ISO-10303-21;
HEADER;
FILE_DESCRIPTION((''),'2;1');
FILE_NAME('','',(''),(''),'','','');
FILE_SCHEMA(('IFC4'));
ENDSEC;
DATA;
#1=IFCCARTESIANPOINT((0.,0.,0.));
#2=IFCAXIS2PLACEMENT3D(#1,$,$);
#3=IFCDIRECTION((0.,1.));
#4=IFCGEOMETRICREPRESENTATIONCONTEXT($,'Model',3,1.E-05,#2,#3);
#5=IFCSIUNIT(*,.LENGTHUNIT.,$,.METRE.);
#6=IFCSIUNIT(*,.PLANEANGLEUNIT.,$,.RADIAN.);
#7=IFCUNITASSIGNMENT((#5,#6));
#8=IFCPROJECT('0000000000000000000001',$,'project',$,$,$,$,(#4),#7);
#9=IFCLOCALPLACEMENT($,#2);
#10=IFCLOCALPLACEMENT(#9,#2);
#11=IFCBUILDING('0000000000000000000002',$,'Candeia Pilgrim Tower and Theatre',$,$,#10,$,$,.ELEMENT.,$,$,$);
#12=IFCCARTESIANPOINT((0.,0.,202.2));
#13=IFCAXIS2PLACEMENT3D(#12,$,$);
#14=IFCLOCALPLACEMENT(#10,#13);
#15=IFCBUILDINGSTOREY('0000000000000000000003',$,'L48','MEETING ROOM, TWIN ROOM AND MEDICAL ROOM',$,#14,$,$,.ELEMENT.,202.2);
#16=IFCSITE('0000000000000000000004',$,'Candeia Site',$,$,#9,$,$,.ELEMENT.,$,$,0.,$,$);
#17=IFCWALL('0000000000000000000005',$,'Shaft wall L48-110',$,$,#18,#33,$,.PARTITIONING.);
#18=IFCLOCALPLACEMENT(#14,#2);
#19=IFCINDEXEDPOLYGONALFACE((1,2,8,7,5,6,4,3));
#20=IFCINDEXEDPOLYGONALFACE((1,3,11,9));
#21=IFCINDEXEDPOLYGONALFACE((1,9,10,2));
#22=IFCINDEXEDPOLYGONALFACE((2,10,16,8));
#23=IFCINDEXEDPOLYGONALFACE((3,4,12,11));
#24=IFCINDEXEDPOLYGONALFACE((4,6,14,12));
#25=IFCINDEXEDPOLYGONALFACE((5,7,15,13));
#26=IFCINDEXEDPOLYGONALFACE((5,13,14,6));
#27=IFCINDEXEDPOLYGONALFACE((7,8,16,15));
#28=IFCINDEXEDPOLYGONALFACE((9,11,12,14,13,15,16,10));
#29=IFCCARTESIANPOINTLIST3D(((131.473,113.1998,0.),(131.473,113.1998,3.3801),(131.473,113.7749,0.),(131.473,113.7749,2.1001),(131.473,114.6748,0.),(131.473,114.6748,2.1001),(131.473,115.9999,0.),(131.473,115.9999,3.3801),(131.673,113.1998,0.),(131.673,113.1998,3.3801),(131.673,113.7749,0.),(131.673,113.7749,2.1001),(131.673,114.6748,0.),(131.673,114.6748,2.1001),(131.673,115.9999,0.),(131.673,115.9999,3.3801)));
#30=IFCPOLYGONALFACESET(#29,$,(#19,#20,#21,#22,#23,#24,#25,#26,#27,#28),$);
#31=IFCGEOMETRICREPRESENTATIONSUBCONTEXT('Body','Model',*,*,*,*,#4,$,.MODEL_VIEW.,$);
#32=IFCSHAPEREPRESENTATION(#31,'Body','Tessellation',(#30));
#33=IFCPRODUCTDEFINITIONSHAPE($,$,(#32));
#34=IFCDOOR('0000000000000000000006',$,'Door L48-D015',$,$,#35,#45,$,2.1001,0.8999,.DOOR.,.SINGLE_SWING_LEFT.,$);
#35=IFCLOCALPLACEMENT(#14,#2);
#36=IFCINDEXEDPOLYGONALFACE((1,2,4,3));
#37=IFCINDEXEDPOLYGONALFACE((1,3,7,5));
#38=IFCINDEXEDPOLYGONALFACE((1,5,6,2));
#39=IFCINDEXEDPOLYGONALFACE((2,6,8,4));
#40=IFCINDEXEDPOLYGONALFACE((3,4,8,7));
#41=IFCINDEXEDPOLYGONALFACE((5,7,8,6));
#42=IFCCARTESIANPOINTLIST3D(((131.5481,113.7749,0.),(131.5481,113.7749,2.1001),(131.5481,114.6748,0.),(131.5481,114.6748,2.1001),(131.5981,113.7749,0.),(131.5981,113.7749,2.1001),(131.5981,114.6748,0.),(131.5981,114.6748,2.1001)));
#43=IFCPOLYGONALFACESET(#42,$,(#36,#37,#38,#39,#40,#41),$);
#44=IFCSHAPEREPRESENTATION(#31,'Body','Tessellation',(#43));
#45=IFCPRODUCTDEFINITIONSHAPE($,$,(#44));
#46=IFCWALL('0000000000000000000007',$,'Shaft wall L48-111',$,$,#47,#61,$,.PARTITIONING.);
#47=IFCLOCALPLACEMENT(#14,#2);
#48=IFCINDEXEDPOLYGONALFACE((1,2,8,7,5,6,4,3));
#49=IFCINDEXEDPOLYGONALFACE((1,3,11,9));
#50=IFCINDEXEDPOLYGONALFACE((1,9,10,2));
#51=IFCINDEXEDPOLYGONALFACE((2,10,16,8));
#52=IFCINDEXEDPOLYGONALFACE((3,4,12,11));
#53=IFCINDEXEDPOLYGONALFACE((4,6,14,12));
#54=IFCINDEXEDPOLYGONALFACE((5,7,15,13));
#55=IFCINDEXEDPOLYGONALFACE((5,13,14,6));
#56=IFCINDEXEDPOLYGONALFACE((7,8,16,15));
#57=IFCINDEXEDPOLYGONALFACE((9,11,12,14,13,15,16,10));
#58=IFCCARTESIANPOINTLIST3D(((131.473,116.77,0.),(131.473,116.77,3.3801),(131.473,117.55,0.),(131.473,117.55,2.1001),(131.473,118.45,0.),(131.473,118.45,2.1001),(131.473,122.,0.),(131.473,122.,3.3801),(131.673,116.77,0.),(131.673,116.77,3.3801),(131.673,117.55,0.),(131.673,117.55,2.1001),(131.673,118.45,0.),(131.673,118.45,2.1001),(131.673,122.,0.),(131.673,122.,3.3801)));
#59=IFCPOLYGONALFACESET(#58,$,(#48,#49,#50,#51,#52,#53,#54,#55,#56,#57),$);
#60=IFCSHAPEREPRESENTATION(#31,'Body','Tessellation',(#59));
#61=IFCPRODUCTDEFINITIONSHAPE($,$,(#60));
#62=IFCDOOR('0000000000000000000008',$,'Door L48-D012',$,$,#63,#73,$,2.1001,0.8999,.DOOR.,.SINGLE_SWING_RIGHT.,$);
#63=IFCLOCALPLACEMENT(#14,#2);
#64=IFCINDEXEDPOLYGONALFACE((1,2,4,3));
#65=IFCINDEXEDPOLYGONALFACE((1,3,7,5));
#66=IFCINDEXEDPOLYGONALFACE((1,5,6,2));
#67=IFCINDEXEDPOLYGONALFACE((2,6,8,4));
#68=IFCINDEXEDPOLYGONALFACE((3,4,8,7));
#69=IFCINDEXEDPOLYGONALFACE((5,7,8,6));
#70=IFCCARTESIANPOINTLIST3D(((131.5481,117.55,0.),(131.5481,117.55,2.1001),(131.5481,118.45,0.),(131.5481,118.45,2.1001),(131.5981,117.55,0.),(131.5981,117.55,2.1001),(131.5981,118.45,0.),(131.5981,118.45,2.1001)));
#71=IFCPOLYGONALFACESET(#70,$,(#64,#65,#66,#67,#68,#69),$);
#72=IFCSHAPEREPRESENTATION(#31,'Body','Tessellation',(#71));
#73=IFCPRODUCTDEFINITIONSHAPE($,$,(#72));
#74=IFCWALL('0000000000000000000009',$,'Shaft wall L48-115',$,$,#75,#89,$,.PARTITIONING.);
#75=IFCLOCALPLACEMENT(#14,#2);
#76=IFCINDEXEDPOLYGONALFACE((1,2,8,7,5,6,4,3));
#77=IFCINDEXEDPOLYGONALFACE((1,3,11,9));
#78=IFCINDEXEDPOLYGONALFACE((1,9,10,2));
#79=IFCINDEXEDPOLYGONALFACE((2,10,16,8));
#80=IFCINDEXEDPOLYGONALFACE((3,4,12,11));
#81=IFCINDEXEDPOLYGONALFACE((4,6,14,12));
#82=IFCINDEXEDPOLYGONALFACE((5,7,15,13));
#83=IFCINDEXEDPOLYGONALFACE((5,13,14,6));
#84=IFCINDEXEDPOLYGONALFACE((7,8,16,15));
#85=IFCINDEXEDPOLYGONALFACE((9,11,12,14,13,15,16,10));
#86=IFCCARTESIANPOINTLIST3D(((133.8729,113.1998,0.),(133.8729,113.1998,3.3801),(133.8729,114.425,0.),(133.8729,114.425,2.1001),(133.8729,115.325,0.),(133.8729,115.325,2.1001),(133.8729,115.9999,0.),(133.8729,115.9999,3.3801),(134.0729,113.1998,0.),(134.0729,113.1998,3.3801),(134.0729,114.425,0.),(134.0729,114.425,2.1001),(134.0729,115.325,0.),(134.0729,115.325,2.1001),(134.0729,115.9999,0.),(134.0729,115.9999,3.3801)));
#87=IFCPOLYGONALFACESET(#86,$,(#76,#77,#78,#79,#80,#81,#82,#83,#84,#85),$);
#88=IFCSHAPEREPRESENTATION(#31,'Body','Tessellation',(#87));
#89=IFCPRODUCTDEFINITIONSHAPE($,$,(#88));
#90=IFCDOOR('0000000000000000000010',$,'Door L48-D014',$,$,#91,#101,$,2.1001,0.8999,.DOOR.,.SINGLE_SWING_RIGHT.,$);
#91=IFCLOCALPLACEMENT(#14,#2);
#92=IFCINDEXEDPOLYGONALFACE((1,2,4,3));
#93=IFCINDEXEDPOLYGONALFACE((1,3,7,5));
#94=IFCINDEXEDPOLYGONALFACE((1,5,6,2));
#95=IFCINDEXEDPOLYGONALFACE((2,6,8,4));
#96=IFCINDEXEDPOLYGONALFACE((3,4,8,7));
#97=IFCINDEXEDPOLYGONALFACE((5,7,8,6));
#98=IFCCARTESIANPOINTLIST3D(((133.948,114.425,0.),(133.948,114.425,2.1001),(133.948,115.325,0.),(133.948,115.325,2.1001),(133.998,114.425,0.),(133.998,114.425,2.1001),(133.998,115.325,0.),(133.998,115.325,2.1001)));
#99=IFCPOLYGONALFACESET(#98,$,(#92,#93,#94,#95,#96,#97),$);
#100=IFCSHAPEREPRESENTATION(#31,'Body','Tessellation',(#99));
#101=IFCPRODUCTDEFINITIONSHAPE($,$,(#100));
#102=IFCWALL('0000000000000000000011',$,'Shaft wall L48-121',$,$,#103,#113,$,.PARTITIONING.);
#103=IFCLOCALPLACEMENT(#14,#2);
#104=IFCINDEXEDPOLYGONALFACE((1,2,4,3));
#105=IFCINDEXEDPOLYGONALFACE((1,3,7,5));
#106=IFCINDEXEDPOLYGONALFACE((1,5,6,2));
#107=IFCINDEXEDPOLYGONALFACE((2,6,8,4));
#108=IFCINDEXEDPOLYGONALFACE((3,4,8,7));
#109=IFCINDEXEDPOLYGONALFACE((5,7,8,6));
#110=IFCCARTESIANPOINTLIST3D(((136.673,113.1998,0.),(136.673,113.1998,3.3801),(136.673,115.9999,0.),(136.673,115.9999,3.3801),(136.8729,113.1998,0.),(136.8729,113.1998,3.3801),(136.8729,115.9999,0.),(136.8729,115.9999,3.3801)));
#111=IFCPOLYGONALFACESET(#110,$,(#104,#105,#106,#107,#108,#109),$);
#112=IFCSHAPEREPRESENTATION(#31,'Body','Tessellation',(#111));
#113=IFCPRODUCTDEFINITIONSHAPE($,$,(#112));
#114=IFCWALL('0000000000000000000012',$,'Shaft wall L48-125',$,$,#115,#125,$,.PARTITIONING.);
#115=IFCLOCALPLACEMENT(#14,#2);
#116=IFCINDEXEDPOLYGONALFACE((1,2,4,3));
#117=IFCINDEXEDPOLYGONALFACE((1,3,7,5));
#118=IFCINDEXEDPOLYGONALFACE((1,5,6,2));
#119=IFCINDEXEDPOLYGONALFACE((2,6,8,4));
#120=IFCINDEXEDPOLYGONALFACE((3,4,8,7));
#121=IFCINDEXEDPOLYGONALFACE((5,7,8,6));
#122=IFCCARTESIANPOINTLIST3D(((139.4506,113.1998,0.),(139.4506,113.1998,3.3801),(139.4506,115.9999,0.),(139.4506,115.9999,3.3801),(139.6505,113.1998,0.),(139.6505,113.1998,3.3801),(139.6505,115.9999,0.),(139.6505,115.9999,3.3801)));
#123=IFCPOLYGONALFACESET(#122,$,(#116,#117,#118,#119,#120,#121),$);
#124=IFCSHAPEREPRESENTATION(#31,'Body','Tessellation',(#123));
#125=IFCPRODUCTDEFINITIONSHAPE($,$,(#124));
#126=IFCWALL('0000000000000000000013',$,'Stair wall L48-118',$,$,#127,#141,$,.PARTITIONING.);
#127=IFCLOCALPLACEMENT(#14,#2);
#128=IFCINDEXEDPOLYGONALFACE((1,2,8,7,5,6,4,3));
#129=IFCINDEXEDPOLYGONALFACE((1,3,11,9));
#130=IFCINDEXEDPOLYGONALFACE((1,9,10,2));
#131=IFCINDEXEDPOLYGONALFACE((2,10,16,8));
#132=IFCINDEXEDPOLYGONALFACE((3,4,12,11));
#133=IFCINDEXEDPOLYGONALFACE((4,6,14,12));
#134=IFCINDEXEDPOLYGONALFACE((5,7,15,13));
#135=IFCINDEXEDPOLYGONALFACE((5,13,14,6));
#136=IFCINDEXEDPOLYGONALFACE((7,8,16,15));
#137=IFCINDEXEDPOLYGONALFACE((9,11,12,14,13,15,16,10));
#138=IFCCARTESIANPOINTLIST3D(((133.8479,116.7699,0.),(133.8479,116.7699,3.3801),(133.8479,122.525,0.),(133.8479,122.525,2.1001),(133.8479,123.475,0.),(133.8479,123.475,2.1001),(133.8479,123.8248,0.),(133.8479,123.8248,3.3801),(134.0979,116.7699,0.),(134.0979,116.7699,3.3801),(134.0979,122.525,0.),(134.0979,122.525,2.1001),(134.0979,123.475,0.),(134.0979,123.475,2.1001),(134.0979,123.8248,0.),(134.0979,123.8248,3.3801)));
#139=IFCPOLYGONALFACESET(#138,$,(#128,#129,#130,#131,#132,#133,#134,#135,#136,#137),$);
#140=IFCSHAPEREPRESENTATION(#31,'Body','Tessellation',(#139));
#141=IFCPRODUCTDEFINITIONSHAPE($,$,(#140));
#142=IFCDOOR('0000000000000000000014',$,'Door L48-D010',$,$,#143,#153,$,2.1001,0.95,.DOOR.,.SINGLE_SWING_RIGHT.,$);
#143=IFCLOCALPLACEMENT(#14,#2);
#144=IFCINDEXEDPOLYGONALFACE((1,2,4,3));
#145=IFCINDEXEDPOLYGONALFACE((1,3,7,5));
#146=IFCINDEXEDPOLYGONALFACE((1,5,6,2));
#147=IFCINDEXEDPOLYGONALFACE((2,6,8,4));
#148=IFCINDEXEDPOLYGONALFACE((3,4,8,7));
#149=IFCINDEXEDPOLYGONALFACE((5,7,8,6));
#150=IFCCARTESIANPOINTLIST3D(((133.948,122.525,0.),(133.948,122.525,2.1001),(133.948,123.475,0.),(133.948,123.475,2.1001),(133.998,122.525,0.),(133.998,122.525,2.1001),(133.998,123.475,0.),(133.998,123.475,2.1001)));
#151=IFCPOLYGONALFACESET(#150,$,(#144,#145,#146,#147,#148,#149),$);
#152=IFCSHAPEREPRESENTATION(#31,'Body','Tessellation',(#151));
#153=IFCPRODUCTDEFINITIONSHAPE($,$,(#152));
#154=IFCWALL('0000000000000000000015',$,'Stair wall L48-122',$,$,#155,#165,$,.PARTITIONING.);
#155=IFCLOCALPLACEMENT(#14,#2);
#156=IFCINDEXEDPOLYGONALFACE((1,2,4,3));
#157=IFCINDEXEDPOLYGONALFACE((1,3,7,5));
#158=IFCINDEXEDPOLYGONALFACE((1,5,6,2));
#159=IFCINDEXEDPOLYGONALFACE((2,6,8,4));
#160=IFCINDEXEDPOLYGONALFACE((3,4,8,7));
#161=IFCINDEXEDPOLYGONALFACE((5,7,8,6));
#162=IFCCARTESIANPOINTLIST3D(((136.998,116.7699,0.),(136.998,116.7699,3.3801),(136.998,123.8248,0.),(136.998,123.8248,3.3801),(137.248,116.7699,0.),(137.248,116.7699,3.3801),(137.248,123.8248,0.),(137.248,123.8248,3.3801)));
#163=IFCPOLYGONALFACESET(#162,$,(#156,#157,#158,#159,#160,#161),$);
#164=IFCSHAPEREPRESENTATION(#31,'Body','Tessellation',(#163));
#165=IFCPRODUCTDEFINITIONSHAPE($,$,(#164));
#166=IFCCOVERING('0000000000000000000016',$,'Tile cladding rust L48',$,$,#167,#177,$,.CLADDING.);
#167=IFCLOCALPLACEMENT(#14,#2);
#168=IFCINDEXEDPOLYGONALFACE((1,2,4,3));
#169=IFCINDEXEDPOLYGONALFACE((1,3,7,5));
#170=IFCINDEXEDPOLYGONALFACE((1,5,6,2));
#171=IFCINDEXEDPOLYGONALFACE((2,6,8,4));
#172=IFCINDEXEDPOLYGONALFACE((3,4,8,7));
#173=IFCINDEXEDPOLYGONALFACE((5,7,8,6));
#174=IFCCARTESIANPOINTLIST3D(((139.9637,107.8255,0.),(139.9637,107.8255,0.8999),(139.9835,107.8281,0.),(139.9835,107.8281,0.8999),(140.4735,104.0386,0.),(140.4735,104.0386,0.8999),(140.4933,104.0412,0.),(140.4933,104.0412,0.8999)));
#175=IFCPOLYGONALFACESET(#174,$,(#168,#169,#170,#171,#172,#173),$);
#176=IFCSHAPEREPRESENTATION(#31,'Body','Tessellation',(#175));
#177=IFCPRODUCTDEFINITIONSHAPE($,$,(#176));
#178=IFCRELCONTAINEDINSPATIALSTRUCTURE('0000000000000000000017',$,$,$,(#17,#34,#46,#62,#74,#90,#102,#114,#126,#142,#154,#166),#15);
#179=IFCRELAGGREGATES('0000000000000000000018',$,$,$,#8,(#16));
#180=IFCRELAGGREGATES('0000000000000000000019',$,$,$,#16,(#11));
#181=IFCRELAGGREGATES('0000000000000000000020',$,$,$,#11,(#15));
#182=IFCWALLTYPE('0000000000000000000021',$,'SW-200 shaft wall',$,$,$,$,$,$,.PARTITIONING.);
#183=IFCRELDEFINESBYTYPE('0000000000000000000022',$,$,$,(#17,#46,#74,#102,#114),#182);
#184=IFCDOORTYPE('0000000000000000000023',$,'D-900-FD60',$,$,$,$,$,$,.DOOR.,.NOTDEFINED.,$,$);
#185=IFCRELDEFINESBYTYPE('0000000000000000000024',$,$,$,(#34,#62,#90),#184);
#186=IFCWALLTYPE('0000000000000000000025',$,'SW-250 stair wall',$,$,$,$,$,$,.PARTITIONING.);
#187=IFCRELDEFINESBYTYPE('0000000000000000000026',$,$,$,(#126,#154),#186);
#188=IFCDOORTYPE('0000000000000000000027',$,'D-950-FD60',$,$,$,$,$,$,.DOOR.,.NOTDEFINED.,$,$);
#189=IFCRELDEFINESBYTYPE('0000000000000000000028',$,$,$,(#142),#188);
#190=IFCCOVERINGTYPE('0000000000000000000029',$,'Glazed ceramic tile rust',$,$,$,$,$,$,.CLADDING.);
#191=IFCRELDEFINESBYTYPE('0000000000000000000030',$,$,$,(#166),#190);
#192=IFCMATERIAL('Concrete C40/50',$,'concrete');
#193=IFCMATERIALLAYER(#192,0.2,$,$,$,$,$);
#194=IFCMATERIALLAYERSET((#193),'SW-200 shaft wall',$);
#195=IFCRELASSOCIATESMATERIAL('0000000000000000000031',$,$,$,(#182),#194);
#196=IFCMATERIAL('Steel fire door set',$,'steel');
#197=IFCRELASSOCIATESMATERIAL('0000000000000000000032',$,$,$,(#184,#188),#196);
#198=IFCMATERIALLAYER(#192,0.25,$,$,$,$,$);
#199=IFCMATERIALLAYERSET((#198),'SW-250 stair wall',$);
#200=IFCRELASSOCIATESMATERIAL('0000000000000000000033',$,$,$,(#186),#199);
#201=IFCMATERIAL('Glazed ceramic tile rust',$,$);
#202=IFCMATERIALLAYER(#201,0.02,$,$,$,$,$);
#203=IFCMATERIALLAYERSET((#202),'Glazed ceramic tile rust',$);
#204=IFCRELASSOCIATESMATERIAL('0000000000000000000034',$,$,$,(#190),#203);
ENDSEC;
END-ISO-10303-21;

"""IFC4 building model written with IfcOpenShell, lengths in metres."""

from ifc_helpers import new_model, si_unit, direction, frame, frame_2d, origin, origin_2d, place, context, subcontext, project, spatial, rectangle, extrude, material, layer, layer_set, type_object, element, fill, save


model = new_model("IFC4")

# Units and contexts
model_context = context("Model", 3, precision=1e-05, world=origin(), true_north=direction((0.0, 1.0)))
body_context = subcontext(model_context, "Body", "Model", "MODEL_VIEW")
ifc_project = project(units=[si_unit("LENGTHUNIT", "METRE"), si_unit("PLANEANGLEUNIT", "RADIAN")], contexts=[model_context])

# Site, building, storey
site_placement = place(None, origin())
site = spatial("IfcSite", under=ifc_project, at=site_placement, Name="Candeia Site", CompositionType="ELEMENT", RefElevation=0.0)
building_placement = place(site_placement, origin())
building = spatial("IfcBuilding", under=site, at=building_placement, Name="Candeia Pilgrim Tower and Theatre", CompositionType="ELEMENT")
storey_placement = place(building_placement, frame((0.0, 0.0, 202.2)))
storey = spatial("IfcBuildingStorey", under=building, at=storey_placement, Name="L48", Description="MEETING ROOM, TWIN ROOM AND MEDICAL ROOM", CompositionType="ELEMENT", Elevation=202.2)

# Shared definitions
ifc_material_1 = material(Name="Steel fire door set", Category="steel")

# Walls, openings, doors
ifc_material_2 = material(Name="Concrete C40/50", Category="concrete")
ifc_layer_1 = layer(ifc_material_2, 0.2)
ifc_layer_set_1 = layer_set([ifc_layer_1], Name="SW-200 shaft wall")
wall_type_1 = type_object("IfcWallType", Name="SW-200 shaft wall", PredefinedType="PARTITIONING", material=ifc_layer_set_1)
door_type_1 = type_object("IfcDoorType", Name="D-900-FD60", OperationType="NOTDEFINED", PredefinedType="DOOR", material=ifc_material_1)
wall_1_placement = place(storey_placement, frame((131.573, 113.2, 0.0), z_axis=(0.0, 0.0, 1.0), x_axis=(0.0, 1.0, 0.0)))
wall_1 = element("IfcWall", 1, at=wall_1_placement, inside=storey, type_object=wall_type_1, Name="Shaft wall L48-110", PredefinedType="PARTITIONING", context=body_context, shape_type="SweptSolid", body=[
    extrude(rectangle(XDim=2.8, YDim=0.2, at=frame_2d((1.3999, 0.0))), origin(), (0.0, 0.0, 1.0), 3.3801),
])
opening_1_placement = place(wall_1_placement, frame((0.575, 0.0, 0.0)))
opening_1 = element("IfcOpeningElement", 2, at=opening_1_placement, cuts=wall_1, PredefinedType="OPENING", context=body_context, shape_type="SweptSolid", body=[
    extrude(rectangle(XDim=0.8999, YDim=2.1001, at=frame_2d((0.45, 1.05))), frame((0.0, 0.1099, 0.0), z_axis=(0.0, -1.0, 0.0), x_axis=(1.0, 0.0, 0.0)), (0.0, 0.0, 1.0), 0.22),
])
door_1_placement = place(opening_1_placement, origin())
door_1 = element("IfcDoor", 3, at=door_1_placement, inside=storey, type_object=door_type_1, Name="Door L48-D015", OperationType="SINGLE_SWING_LEFT", OverallHeight=2.1001, OverallWidth=0.8999, PredefinedType="DOOR", context=body_context, shape_type="SweptSolid", body=[
    extrude(rectangle(XDim=0.8999, YDim=2.1001, at=frame_2d((0.45, 1.05))), frame((0.0, 0.0249, 0.0), z_axis=(0.0, -1.0, 0.0), x_axis=(1.0, 0.0, 0.0)), (0.0, 0.0, 1.0), 0.05),
])
fill(opening_1, door_1)
wall_2_placement = place(storey_placement, frame((131.573, 116.77, 0.0), z_axis=(0.0, 0.0, 1.0), x_axis=(0.0, 1.0, 0.0)))
wall_2 = element("IfcWall", 4, at=wall_2_placement, inside=storey, type_object=wall_type_1, Name="Shaft wall L48-111", PredefinedType="PARTITIONING", context=body_context, shape_type="SweptSolid", body=[
    extrude(rectangle(XDim=5.23, YDim=0.2, at=frame_2d((2.615, 0.0))), origin(), (0.0, 0.0, 1.0), 3.3801),
])
opening_2_placement = place(wall_2_placement, frame((0.78, 0.0, 0.0)))
opening_2 = element("IfcOpeningElement", 5, at=opening_2_placement, cuts=wall_2, PredefinedType="OPENING", context=body_context, shape_type="SweptSolid", body=[
    extrude(rectangle(XDim=0.8999, YDim=2.1001, at=frame_2d((0.45, 1.05))), frame((0.0, 0.1099, 0.0), z_axis=(0.0, -1.0, 0.0), x_axis=(1.0, 0.0, 0.0)), (0.0, 0.0, 1.0), 0.22),
])
door_2_placement = place(opening_2_placement, origin())
door_2 = element("IfcDoor", 6, at=door_2_placement, inside=storey, type_object=door_type_1, Name="Door L48-D012", OperationType="SINGLE_SWING_RIGHT", OverallHeight=2.1001, OverallWidth=0.8999, PredefinedType="DOOR", context=body_context, shape_type="SweptSolid", body=[
    extrude(rectangle(XDim=0.8999, YDim=2.1001, at=frame_2d((0.45, 1.05))), frame((0.0, 0.0249, 0.0), z_axis=(0.0, -1.0, 0.0), x_axis=(1.0, 0.0, 0.0)), (0.0, 0.0, 1.0), 0.05),
])
fill(opening_2, door_2)
wall_3_placement = place(storey_placement, frame((133.9729, 113.2, 0.0), z_axis=(0.0, 0.0, 1.0), x_axis=(0.0, 1.0, 0.0)))
wall_3 = element("IfcWall", 7, at=wall_3_placement, inside=storey, type_object=wall_type_1, Name="Shaft wall L48-115", PredefinedType="PARTITIONING", context=body_context, shape_type="SweptSolid", body=[
    extrude(rectangle(XDim=2.8, YDim=0.2, at=frame_2d((1.3999, 0.0))), origin(), (0.0, 0.0, 1.0), 3.3801),
])
opening_3_placement = place(wall_3_placement, frame((1.2251, 0.0, 0.0)))
opening_3 = element("IfcOpeningElement", 8, at=opening_3_placement, cuts=wall_3, PredefinedType="OPENING", context=body_context, shape_type="SweptSolid", body=[
    extrude(rectangle(XDim=0.8999, YDim=2.1001, at=frame_2d((0.45, 1.05))), frame((0.0, 0.1099, 0.0), z_axis=(0.0, -1.0, 0.0), x_axis=(1.0, 0.0, 0.0)), (0.0, 0.0, 1.0), 0.22),
])
door_3_placement = place(opening_3_placement, origin())
door_3 = element("IfcDoor", 9, at=door_3_placement, inside=storey, type_object=door_type_1, Name="Door L48-D014", OperationType="SINGLE_SWING_RIGHT", OverallHeight=2.1001, OverallWidth=0.8999, PredefinedType="DOOR", context=body_context, shape_type="SweptSolid", body=[
    extrude(rectangle(XDim=0.8999, YDim=2.1001, at=frame_2d((0.45, 1.05))), frame((0.0, 0.0249, 0.0), z_axis=(0.0, -1.0, 0.0), x_axis=(1.0, 0.0, 0.0)), (0.0, 0.0, 1.0), 0.05),
])
fill(opening_3, door_3)

# Walls
for number, where, z_axis, x_axis, name in (
    (10, (136.7729, 113.2, 0.0), (0.0, 0.0, 1.0), (0.0, 1.0, 0.0), "Shaft wall L48-121"),
    (11, (139.5505, 113.2, 0.0), (0.0, 0.0, 1.0), (0.0, 1.0, 0.0), "Shaft wall L48-125"),
):
    element("IfcWall", number, at=place(storey_placement, frame(where, z_axis=z_axis, x_axis=x_axis)), inside=storey, type_object=wall_type_1, Name=name, PredefinedType="PARTITIONING", context=body_context, shape_type="SweptSolid", body=[
        extrude(rectangle(XDim=2.8, YDim=0.2, at=frame_2d((1.3999, 0.0))), origin(), (0.0, 0.0, 1.0), 3.3801),
    ])

# Wall, opening, door
ifc_layer_2 = layer(ifc_material_2, 0.25)
ifc_layer_set_2 = layer_set([ifc_layer_2], Name="SW-250 stair wall")
wall_type_2 = type_object("IfcWallType", Name="SW-250 stair wall", PredefinedType="PARTITIONING", material=ifc_layer_set_2)
wall_4_placement = place(storey_placement, frame((133.9729, 116.77, 0.0), z_axis=(0.0, 0.0, 1.0), x_axis=(0.0, 1.0, 0.0)))
wall_4 = element("IfcWall", 12, at=wall_4_placement, inside=storey, type_object=wall_type_2, Name="Stair wall L48-118", PredefinedType="PARTITIONING", context=body_context, shape_type="SweptSolid", body=[
    extrude(rectangle(XDim=7.0549, YDim=0.25, at=frame_2d((3.5273, 0.0))), origin(), (0.0, 0.0, 1.0), 3.3801),
])
opening_4_placement = place(wall_4_placement, frame((5.7549, 0.0, 0.0)))
opening_4 = element("IfcOpeningElement", 13, at=opening_4_placement, cuts=wall_4, PredefinedType="OPENING", context=body_context, shape_type="SweptSolid", body=[
    extrude(rectangle(XDim=0.95, YDim=2.1001, at=frame_2d((0.4751, 1.05))), frame((0.0, 0.135, 0.0), z_axis=(0.0, -1.0, 0.0), x_axis=(1.0, 0.0, 0.0)), (0.0, 0.0, 1.0), 0.27),
])
door_type_2 = type_object("IfcDoorType", Name="D-950-FD60", OperationType="NOTDEFINED", PredefinedType="DOOR", material=ifc_material_1)
door_4_placement = place(opening_4_placement, origin())
door_4 = element("IfcDoor", 14, at=door_4_placement, inside=storey, type_object=door_type_2, Name="Door L48-D010", OperationType="SINGLE_SWING_RIGHT", OverallHeight=2.1001, OverallWidth=0.95, PredefinedType="DOOR", context=body_context, shape_type="SweptSolid", body=[
    extrude(rectangle(XDim=0.95, YDim=2.1001, at=frame_2d((0.4751, 1.05))), frame((0.0, 0.0249, 0.0), z_axis=(0.0, -1.0, 0.0), x_axis=(1.0, 0.0, 0.0)), (0.0, 0.0, 1.0), 0.05),
])
fill(opening_4, door_4)

# Wall
wall_5_placement = place(storey_placement, frame((137.123, 116.77, 0.0), z_axis=(0.0, 0.0, 1.0), x_axis=(0.0, 1.0, 0.0)))
element("IfcWall", 15, at=wall_5_placement, inside=storey, type_object=wall_type_2, Name="Stair wall L48-122", PredefinedType="PARTITIONING", context=body_context, shape_type="SweptSolid", body=[
    extrude(rectangle(XDim=7.0549, YDim=0.25, at=frame_2d((3.5273, 0.0))), origin(), (0.0, 0.0, 1.0), 3.3801),
])

# Covering
ifc_material_3 = material(Name="Glazed ceramic tile rust")
ifc_layer_3 = layer(ifc_material_3, 0.02)
ifc_layer_set_3 = layer_set([ifc_layer_3], Name="Glazed ceramic tile rust")
covering_type = type_object("IfcCoveringType", Name="Glazed ceramic tile rust", PredefinedType="CLADDING", material=ifc_layer_set_3)
covering_1_placement = place(storey_placement, frame((140.2285, 105.9333, 0.0), z_axis=(0.0, 0.0, 1.0), x_axis=(-0.133412, 0.991061, 0.0)))
element("IfcCovering", 16, at=covering_1_placement, inside=storey, type_object=covering_type, Name="Tile cladding rust L48", PredefinedType="CLADDING", context=body_context, shape_type="SweptSolid", body=[
    extrude(rectangle(XDim=3.821, YDim=0.02, at=origin_2d()), origin(), (0.0, 0.0, 1.0), 0.8999),
])

save(model, "model.ifc")
